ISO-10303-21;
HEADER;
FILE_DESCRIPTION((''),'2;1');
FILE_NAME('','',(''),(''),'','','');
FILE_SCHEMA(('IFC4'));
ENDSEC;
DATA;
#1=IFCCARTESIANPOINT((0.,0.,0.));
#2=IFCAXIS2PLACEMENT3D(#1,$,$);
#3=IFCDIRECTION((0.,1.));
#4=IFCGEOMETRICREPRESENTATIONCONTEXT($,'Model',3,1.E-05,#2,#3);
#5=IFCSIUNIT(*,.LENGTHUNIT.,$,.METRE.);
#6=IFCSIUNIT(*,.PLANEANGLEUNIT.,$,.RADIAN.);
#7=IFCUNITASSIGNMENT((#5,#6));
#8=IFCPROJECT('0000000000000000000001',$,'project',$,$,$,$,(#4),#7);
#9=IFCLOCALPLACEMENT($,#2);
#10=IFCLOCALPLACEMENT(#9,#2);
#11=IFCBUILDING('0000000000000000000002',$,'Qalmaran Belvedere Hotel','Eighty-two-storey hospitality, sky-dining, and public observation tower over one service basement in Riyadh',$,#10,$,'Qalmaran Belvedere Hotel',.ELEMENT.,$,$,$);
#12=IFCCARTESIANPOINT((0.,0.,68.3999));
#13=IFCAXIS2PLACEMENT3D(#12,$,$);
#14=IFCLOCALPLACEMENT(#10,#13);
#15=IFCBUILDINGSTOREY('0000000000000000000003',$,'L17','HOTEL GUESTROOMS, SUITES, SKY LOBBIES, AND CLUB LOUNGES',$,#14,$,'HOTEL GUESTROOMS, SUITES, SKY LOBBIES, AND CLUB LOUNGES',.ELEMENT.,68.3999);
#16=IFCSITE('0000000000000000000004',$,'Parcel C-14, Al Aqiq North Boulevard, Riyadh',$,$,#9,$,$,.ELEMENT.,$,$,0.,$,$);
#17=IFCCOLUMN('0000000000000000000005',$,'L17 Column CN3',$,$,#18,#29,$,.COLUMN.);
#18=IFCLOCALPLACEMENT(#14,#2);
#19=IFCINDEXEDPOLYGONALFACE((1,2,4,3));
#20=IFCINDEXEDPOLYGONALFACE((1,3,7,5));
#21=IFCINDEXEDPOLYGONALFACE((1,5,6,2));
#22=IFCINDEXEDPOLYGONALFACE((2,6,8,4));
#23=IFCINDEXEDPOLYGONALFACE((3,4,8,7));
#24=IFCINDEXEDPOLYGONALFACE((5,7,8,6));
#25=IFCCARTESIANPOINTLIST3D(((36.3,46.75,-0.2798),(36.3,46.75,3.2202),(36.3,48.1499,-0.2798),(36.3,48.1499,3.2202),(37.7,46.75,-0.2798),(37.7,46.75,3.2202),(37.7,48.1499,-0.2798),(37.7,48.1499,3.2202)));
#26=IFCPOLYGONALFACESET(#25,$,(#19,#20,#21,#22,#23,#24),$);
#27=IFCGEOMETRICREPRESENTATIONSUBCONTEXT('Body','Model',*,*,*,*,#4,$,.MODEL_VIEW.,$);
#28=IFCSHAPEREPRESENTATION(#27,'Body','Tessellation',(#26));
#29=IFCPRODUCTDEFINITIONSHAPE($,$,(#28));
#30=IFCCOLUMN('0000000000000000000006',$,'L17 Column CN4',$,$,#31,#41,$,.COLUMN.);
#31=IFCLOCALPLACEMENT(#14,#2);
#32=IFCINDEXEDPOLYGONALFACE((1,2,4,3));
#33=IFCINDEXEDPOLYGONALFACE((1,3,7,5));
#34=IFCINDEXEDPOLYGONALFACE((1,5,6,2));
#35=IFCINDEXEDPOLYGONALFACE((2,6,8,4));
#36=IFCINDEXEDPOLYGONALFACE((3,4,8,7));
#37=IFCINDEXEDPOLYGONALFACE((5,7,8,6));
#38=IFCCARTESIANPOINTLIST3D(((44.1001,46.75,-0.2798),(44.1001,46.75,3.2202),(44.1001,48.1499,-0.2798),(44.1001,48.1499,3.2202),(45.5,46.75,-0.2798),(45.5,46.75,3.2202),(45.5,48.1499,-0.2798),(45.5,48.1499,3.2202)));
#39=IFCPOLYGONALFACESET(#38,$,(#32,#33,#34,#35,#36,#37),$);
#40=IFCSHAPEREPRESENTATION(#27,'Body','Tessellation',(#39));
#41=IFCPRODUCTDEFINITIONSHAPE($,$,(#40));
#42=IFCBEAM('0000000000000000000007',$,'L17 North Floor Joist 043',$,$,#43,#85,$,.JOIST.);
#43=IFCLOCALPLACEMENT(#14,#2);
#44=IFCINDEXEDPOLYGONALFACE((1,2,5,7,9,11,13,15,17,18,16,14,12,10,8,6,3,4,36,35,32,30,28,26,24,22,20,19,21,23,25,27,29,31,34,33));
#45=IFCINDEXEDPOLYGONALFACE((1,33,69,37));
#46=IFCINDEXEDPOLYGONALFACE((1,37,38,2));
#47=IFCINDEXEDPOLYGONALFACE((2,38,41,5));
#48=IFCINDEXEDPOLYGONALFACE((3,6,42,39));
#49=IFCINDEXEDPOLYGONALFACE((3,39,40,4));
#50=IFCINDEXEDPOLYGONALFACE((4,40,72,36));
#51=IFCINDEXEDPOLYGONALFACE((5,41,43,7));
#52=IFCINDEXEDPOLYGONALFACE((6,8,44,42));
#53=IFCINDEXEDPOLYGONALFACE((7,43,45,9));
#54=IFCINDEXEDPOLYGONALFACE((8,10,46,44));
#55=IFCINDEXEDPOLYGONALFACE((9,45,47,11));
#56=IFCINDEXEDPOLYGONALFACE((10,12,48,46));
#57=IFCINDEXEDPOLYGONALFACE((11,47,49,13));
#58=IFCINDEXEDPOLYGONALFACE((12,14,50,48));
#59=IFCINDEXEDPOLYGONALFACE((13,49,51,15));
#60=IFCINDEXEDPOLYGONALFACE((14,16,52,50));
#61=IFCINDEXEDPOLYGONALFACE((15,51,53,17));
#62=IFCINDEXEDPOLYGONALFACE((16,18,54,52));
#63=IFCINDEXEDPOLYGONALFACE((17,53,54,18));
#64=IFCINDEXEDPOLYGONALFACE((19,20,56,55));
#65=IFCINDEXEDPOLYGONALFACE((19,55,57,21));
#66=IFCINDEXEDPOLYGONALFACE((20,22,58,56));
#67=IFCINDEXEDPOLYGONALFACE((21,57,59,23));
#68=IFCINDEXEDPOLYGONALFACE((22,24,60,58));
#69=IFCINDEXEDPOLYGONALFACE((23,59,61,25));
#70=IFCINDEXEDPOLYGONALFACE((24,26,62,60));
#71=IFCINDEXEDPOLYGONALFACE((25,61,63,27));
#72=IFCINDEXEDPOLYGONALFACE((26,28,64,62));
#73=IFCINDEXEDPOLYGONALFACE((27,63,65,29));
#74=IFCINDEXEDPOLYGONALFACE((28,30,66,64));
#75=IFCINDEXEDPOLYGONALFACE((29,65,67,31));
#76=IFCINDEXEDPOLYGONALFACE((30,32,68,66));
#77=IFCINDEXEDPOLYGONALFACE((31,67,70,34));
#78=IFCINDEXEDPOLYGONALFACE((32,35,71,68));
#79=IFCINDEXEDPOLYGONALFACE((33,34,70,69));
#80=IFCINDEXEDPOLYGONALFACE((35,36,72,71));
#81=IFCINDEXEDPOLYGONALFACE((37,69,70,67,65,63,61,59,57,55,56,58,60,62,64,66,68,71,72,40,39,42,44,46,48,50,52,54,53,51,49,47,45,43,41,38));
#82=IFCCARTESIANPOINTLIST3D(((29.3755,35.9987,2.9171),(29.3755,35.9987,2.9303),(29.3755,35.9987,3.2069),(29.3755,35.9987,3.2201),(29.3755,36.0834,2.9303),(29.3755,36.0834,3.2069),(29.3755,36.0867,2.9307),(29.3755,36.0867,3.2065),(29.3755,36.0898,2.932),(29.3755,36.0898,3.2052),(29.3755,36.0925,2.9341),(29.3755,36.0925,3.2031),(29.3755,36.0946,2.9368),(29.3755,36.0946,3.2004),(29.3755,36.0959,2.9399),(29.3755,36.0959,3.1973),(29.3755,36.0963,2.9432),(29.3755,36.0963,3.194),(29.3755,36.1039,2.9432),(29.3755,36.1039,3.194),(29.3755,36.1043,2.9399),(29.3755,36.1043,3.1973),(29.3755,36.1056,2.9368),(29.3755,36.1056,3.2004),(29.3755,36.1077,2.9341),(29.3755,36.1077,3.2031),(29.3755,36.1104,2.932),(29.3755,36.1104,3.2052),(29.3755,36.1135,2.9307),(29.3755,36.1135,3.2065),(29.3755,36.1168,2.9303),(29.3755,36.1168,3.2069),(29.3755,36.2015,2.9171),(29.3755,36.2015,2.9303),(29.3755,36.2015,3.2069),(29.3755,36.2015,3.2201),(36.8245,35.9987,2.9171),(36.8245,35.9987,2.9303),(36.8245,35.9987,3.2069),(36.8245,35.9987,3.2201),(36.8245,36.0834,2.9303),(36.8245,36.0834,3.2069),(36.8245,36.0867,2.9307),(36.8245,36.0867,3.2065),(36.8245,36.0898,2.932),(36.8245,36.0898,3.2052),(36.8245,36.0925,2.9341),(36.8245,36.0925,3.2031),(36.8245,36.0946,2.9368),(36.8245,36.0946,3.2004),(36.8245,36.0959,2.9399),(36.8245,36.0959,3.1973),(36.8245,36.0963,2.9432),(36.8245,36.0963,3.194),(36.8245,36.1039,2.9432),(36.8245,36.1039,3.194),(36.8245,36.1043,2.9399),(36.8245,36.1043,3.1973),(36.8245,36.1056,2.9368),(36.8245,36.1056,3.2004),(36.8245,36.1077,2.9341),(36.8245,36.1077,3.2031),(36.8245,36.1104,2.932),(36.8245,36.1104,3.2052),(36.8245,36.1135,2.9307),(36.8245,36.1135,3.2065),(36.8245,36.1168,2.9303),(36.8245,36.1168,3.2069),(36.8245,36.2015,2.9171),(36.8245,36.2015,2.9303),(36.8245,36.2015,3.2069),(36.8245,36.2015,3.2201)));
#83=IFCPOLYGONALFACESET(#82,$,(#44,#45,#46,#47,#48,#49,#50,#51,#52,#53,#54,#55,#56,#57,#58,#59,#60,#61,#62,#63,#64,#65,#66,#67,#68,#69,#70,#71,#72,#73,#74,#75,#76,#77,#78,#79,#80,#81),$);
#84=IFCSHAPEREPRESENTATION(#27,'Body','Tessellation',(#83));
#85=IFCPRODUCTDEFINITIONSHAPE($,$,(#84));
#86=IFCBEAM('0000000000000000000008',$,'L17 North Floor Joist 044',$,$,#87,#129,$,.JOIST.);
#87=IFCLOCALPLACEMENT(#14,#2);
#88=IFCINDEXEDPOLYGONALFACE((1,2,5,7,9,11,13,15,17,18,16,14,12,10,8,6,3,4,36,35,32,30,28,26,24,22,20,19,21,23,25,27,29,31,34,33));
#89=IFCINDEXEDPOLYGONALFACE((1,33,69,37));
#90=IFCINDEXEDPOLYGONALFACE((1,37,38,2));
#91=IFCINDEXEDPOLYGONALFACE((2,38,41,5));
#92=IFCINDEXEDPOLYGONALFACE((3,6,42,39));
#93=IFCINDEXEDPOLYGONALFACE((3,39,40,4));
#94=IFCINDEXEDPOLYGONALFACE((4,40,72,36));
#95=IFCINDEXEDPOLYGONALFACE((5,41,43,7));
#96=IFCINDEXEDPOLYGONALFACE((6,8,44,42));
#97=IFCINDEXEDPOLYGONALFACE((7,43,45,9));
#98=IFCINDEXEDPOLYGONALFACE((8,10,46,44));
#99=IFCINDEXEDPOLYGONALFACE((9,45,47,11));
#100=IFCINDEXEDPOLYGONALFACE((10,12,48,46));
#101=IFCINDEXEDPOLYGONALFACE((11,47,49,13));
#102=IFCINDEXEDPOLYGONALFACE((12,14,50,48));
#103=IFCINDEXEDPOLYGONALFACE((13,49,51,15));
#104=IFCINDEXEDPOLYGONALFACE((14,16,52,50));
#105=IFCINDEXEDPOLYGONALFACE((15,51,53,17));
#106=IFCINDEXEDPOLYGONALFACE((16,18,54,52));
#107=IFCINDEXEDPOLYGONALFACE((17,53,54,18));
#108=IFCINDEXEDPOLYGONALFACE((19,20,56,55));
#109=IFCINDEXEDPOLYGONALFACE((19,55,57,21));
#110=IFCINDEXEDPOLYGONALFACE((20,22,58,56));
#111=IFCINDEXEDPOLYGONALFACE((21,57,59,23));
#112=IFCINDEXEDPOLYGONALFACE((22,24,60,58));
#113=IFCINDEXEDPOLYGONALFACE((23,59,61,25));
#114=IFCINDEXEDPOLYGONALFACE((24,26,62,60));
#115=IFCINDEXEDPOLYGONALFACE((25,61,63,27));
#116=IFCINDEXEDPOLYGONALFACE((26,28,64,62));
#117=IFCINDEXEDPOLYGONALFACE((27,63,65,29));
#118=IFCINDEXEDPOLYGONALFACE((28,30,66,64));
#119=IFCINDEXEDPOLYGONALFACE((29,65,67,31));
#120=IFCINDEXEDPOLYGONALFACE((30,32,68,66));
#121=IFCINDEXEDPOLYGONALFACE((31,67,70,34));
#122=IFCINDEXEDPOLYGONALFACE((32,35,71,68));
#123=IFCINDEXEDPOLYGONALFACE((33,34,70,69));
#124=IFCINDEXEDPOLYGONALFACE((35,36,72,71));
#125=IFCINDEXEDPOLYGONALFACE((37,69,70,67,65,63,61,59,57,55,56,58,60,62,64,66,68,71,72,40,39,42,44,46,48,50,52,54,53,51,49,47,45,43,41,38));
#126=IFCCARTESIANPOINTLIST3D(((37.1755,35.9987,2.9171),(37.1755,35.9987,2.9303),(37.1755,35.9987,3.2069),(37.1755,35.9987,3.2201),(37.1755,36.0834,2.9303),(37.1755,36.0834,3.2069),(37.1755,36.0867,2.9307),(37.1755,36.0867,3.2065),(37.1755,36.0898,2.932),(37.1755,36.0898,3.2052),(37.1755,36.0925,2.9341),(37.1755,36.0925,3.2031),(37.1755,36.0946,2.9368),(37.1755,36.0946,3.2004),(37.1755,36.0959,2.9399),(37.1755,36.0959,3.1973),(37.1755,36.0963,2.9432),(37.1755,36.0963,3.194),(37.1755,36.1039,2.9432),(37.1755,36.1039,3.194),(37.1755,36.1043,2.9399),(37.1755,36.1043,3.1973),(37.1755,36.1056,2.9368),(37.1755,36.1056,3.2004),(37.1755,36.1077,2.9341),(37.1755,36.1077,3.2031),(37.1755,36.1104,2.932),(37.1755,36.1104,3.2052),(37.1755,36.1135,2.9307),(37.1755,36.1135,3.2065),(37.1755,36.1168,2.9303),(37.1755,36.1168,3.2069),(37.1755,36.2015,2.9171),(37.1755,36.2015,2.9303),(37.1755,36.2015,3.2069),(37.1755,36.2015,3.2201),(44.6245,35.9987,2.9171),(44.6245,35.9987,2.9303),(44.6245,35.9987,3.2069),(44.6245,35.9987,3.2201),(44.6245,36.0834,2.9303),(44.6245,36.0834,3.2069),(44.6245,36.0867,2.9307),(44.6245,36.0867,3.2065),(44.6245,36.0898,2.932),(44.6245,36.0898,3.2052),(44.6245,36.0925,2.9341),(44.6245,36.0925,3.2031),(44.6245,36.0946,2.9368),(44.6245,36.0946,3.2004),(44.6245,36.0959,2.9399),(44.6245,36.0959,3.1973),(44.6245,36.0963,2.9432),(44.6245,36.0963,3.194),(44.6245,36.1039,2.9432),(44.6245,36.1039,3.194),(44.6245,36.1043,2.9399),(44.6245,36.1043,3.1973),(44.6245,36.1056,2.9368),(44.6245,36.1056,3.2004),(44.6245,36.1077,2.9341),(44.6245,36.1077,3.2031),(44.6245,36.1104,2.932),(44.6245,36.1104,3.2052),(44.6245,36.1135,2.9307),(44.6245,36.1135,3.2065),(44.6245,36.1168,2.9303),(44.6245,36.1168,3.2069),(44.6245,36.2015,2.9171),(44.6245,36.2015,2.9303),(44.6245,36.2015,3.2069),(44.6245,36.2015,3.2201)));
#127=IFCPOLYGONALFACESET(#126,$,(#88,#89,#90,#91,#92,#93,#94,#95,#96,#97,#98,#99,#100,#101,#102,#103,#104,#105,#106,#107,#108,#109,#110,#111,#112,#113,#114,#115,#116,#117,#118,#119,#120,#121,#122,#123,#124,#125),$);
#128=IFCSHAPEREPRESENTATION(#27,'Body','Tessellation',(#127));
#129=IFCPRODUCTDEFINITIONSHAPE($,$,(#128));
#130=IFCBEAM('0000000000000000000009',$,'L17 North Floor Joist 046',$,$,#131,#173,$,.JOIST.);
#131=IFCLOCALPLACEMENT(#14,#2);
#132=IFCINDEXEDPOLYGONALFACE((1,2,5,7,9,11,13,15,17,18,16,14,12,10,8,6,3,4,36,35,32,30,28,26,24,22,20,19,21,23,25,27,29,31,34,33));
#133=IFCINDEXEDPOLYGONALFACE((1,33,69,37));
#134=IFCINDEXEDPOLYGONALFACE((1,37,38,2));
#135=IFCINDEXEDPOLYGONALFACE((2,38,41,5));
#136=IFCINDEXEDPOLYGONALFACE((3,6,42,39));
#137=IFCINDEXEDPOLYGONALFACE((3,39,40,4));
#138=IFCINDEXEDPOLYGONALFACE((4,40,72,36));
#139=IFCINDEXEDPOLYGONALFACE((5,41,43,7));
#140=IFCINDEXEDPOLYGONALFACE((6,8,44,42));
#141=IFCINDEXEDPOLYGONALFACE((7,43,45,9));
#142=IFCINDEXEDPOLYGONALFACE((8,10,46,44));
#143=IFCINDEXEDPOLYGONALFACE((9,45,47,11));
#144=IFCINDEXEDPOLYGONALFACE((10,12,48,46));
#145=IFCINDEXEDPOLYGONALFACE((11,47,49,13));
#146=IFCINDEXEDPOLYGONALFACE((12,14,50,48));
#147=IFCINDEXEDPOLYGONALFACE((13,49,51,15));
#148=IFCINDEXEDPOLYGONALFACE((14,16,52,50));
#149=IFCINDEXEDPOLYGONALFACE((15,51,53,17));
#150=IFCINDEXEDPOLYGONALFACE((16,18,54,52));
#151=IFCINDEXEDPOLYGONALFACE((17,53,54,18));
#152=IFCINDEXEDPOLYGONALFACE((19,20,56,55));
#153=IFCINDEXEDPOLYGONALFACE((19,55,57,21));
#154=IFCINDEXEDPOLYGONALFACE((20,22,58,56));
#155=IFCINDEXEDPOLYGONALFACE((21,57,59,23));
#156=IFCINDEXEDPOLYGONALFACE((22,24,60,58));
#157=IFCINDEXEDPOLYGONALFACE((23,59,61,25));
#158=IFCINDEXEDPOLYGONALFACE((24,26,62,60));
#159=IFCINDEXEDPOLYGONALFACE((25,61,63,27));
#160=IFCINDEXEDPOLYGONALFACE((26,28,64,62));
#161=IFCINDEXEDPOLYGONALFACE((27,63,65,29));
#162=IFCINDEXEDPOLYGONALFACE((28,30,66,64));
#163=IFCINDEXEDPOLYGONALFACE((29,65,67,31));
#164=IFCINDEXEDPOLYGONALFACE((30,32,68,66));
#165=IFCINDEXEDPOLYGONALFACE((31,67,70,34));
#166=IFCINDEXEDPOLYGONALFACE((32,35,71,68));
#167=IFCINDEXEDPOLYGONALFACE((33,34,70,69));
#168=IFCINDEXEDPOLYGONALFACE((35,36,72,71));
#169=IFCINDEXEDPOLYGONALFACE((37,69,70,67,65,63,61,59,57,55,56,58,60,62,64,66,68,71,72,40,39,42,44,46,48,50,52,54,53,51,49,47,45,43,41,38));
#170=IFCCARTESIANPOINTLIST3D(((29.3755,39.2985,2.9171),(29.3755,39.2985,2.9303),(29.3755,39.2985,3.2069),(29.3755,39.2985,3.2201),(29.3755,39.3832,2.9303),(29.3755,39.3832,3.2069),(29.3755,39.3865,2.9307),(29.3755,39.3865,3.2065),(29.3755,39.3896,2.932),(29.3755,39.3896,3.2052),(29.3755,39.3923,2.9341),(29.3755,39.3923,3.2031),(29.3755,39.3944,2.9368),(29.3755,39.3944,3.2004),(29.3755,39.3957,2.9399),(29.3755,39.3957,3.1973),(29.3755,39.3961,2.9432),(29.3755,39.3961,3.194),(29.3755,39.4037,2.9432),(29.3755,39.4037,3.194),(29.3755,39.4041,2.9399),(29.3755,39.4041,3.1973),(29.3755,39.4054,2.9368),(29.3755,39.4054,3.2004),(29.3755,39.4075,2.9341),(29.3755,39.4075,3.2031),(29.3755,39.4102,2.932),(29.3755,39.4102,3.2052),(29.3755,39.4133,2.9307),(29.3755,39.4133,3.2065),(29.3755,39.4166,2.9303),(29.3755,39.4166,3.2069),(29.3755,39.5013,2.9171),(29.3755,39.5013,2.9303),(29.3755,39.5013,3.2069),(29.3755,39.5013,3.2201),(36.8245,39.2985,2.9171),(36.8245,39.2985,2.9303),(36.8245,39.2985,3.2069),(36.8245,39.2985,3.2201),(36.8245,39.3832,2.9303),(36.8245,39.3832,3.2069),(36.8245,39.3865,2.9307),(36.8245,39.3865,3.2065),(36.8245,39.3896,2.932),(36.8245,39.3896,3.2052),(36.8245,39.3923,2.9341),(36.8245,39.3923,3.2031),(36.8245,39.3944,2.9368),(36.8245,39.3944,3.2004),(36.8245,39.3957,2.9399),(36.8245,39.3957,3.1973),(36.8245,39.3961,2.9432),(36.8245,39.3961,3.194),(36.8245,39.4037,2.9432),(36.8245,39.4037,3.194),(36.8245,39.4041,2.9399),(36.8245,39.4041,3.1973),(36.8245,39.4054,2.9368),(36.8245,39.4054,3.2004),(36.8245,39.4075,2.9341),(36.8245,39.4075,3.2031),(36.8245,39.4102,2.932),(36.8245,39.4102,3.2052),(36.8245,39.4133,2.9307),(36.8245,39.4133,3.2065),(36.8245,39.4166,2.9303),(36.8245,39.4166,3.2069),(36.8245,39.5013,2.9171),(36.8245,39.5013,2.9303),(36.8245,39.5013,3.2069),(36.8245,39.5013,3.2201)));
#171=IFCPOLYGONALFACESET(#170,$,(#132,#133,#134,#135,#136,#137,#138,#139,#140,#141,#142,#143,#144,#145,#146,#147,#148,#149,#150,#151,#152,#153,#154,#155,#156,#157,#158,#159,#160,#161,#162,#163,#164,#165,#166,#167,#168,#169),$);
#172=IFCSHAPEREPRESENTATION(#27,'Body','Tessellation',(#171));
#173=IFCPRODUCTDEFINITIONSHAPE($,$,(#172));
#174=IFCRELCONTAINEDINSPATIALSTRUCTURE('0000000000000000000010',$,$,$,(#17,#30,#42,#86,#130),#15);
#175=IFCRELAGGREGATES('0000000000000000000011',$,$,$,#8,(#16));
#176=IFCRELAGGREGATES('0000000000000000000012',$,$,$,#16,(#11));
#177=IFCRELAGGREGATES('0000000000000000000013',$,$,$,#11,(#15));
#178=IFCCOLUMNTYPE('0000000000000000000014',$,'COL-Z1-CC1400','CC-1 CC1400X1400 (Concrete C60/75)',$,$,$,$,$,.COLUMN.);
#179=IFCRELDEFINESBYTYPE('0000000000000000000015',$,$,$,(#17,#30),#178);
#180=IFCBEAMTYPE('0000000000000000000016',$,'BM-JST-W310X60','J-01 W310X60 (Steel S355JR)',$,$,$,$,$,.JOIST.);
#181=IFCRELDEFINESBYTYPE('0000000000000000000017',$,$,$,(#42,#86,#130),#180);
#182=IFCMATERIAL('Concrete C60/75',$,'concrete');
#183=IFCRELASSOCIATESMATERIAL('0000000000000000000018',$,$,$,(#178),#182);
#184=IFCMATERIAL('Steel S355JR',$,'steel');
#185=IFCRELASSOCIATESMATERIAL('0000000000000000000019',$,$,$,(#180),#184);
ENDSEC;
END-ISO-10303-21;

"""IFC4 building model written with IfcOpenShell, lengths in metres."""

from ifc_helpers import new_model, si_unit, direction, frame, origin, origin_2d, place, context, subcontext, project, spatial, rectangle, i_section, extrude, material, material_profile, profile_set, type_object, element, save


model = new_model("IFC4")

# Units and contexts
model_context = context("Model", 3, precision=1e-05, world=origin(), true_north=direction((0.0, 1.0)))
body_context = subcontext(model_context, "Body", "Model", "MODEL_VIEW")
ifc_project = project(units=[si_unit("LENGTHUNIT", "METRE"), si_unit("PLANEANGLEUNIT", "RADIAN")], contexts=[model_context])

# Site, building, storey
site_placement = place(None, origin())
site = spatial("IfcSite", under=ifc_project, at=site_placement, Name="Parcel C-14, Al Aqiq North Boulevard, Riyadh", CompositionType="ELEMENT", RefElevation=0.0)
building_placement = place(site_placement, origin())
building = spatial("IfcBuilding", under=site, at=building_placement, Name="Qalmaran Belvedere Hotel", Description="Eighty-two-storey hospitality, sky-dining, and public observation tower over one service basement in Riyadh", LongName="Qalmaran Belvedere Hotel", CompositionType="ELEMENT")
storey_placement = place(building_placement, frame((0.0, 0.0, 68.3999)))
storey = spatial("IfcBuildingStorey", under=building, at=storey_placement, Name="L17", Description="HOTEL GUESTROOMS, SUITES, SKY LOBBIES, AND CLUB LOUNGES", LongName="HOTEL GUESTROOMS, SUITES, SKY LOBBIES, AND CLUB LOUNGES", CompositionType="ELEMENT", Elevation=68.3999)

# Columns
ifc_material_1 = material(Name="Concrete C60/75", Category="concrete")
ifc_material_profile_1 = material_profile(ifc_material_1, rectangle(XDim=1.3999, YDim=1.3999, at=origin_2d()), Name="CC1400X1400")
ifc_profile_set_1 = profile_set([ifc_material_profile_1], Name="Concrete C60/75")
column_type = type_object("IfcColumnType", Name="COL-Z1-CC1400", Description="CC-1 CC1400X1400 (Concrete C60/75)", PredefinedType="COLUMN", material=ifc_profile_set_1)
for number, where, z_axis, x_axis, name in (
    (1, (37.0, 47.45, -0.2798), (0.0, 0.0, 1.0), (1.0, 0.0, 0.0), "L17 Column CN3"),
    (2, (44.8, 47.45, -0.2798), (0.0, 0.0, 1.0), (1.0, 0.0, 0.0), "L17 Column CN4"),
):
    element("IfcColumn", number, at=place(storey_placement, frame(where, z_axis=z_axis, x_axis=x_axis)), inside=storey, type_object=column_type, Name=name, PredefinedType="COLUMN", context=body_context, shape_type="SweptSolid", body=[
        extrude(rectangle(XDim=1.3999, YDim=1.3999, at=origin_2d()), origin(), (0.0, 0.0, 1.0), 3.5),
    ])

# Beams
ifc_material_2 = material(Name="Steel S355JR", Category="steel")
ifc_material_profile_2 = material_profile(ifc_material_2, i_section(OverallWidth=0.2029, OverallDepth=0.303, WebThickness=0.0076, FlangeThickness=0.0132, FilletRadius=0.0129, at=origin_2d()), Name="W310X60")
ifc_profile_set_2 = profile_set([ifc_material_profile_2], Name="Steel S355JR")
beam_type_1 = type_object("IfcBeamType", Name="BM-JST-W310X60", Description="J-01 W310X60 (Steel S355JR)", PredefinedType="JOIST", material=ifc_profile_set_2)
for number, where, z_axis, x_axis, name in (
    (3, (29.3755, 36.1001, 3.0686), (1.0, 0.0, 0.0), (0.0, 1.0, 0.0), "L17 North Floor Joist 043"),
    (4, (37.1755, 36.1001, 3.0686), (1.0, 0.0, 0.0), (0.0, 1.0, 0.0), "L17 North Floor Joist 044"),
    (5, (29.3755, 39.3999, 3.0686), (1.0, 0.0, 0.0), (0.0, 1.0, 0.0), "L17 North Floor Joist 046"),
):
    element("IfcBeam", number, at=place(storey_placement, frame(where, z_axis=z_axis, x_axis=x_axis)), inside=storey, type_object=beam_type_1, Name=name, PredefinedType="JOIST", context=body_context, shape_type="SweptSolid", body=[
        extrude(i_section(OverallWidth=0.2029, OverallDepth=0.303, WebThickness=0.0076, FlangeThickness=0.0132, FilletRadius=0.0129, at=origin_2d()), origin(), (0.0, 0.0, 1.0), 7.449),
    ])

save(model, "model.ifc")
